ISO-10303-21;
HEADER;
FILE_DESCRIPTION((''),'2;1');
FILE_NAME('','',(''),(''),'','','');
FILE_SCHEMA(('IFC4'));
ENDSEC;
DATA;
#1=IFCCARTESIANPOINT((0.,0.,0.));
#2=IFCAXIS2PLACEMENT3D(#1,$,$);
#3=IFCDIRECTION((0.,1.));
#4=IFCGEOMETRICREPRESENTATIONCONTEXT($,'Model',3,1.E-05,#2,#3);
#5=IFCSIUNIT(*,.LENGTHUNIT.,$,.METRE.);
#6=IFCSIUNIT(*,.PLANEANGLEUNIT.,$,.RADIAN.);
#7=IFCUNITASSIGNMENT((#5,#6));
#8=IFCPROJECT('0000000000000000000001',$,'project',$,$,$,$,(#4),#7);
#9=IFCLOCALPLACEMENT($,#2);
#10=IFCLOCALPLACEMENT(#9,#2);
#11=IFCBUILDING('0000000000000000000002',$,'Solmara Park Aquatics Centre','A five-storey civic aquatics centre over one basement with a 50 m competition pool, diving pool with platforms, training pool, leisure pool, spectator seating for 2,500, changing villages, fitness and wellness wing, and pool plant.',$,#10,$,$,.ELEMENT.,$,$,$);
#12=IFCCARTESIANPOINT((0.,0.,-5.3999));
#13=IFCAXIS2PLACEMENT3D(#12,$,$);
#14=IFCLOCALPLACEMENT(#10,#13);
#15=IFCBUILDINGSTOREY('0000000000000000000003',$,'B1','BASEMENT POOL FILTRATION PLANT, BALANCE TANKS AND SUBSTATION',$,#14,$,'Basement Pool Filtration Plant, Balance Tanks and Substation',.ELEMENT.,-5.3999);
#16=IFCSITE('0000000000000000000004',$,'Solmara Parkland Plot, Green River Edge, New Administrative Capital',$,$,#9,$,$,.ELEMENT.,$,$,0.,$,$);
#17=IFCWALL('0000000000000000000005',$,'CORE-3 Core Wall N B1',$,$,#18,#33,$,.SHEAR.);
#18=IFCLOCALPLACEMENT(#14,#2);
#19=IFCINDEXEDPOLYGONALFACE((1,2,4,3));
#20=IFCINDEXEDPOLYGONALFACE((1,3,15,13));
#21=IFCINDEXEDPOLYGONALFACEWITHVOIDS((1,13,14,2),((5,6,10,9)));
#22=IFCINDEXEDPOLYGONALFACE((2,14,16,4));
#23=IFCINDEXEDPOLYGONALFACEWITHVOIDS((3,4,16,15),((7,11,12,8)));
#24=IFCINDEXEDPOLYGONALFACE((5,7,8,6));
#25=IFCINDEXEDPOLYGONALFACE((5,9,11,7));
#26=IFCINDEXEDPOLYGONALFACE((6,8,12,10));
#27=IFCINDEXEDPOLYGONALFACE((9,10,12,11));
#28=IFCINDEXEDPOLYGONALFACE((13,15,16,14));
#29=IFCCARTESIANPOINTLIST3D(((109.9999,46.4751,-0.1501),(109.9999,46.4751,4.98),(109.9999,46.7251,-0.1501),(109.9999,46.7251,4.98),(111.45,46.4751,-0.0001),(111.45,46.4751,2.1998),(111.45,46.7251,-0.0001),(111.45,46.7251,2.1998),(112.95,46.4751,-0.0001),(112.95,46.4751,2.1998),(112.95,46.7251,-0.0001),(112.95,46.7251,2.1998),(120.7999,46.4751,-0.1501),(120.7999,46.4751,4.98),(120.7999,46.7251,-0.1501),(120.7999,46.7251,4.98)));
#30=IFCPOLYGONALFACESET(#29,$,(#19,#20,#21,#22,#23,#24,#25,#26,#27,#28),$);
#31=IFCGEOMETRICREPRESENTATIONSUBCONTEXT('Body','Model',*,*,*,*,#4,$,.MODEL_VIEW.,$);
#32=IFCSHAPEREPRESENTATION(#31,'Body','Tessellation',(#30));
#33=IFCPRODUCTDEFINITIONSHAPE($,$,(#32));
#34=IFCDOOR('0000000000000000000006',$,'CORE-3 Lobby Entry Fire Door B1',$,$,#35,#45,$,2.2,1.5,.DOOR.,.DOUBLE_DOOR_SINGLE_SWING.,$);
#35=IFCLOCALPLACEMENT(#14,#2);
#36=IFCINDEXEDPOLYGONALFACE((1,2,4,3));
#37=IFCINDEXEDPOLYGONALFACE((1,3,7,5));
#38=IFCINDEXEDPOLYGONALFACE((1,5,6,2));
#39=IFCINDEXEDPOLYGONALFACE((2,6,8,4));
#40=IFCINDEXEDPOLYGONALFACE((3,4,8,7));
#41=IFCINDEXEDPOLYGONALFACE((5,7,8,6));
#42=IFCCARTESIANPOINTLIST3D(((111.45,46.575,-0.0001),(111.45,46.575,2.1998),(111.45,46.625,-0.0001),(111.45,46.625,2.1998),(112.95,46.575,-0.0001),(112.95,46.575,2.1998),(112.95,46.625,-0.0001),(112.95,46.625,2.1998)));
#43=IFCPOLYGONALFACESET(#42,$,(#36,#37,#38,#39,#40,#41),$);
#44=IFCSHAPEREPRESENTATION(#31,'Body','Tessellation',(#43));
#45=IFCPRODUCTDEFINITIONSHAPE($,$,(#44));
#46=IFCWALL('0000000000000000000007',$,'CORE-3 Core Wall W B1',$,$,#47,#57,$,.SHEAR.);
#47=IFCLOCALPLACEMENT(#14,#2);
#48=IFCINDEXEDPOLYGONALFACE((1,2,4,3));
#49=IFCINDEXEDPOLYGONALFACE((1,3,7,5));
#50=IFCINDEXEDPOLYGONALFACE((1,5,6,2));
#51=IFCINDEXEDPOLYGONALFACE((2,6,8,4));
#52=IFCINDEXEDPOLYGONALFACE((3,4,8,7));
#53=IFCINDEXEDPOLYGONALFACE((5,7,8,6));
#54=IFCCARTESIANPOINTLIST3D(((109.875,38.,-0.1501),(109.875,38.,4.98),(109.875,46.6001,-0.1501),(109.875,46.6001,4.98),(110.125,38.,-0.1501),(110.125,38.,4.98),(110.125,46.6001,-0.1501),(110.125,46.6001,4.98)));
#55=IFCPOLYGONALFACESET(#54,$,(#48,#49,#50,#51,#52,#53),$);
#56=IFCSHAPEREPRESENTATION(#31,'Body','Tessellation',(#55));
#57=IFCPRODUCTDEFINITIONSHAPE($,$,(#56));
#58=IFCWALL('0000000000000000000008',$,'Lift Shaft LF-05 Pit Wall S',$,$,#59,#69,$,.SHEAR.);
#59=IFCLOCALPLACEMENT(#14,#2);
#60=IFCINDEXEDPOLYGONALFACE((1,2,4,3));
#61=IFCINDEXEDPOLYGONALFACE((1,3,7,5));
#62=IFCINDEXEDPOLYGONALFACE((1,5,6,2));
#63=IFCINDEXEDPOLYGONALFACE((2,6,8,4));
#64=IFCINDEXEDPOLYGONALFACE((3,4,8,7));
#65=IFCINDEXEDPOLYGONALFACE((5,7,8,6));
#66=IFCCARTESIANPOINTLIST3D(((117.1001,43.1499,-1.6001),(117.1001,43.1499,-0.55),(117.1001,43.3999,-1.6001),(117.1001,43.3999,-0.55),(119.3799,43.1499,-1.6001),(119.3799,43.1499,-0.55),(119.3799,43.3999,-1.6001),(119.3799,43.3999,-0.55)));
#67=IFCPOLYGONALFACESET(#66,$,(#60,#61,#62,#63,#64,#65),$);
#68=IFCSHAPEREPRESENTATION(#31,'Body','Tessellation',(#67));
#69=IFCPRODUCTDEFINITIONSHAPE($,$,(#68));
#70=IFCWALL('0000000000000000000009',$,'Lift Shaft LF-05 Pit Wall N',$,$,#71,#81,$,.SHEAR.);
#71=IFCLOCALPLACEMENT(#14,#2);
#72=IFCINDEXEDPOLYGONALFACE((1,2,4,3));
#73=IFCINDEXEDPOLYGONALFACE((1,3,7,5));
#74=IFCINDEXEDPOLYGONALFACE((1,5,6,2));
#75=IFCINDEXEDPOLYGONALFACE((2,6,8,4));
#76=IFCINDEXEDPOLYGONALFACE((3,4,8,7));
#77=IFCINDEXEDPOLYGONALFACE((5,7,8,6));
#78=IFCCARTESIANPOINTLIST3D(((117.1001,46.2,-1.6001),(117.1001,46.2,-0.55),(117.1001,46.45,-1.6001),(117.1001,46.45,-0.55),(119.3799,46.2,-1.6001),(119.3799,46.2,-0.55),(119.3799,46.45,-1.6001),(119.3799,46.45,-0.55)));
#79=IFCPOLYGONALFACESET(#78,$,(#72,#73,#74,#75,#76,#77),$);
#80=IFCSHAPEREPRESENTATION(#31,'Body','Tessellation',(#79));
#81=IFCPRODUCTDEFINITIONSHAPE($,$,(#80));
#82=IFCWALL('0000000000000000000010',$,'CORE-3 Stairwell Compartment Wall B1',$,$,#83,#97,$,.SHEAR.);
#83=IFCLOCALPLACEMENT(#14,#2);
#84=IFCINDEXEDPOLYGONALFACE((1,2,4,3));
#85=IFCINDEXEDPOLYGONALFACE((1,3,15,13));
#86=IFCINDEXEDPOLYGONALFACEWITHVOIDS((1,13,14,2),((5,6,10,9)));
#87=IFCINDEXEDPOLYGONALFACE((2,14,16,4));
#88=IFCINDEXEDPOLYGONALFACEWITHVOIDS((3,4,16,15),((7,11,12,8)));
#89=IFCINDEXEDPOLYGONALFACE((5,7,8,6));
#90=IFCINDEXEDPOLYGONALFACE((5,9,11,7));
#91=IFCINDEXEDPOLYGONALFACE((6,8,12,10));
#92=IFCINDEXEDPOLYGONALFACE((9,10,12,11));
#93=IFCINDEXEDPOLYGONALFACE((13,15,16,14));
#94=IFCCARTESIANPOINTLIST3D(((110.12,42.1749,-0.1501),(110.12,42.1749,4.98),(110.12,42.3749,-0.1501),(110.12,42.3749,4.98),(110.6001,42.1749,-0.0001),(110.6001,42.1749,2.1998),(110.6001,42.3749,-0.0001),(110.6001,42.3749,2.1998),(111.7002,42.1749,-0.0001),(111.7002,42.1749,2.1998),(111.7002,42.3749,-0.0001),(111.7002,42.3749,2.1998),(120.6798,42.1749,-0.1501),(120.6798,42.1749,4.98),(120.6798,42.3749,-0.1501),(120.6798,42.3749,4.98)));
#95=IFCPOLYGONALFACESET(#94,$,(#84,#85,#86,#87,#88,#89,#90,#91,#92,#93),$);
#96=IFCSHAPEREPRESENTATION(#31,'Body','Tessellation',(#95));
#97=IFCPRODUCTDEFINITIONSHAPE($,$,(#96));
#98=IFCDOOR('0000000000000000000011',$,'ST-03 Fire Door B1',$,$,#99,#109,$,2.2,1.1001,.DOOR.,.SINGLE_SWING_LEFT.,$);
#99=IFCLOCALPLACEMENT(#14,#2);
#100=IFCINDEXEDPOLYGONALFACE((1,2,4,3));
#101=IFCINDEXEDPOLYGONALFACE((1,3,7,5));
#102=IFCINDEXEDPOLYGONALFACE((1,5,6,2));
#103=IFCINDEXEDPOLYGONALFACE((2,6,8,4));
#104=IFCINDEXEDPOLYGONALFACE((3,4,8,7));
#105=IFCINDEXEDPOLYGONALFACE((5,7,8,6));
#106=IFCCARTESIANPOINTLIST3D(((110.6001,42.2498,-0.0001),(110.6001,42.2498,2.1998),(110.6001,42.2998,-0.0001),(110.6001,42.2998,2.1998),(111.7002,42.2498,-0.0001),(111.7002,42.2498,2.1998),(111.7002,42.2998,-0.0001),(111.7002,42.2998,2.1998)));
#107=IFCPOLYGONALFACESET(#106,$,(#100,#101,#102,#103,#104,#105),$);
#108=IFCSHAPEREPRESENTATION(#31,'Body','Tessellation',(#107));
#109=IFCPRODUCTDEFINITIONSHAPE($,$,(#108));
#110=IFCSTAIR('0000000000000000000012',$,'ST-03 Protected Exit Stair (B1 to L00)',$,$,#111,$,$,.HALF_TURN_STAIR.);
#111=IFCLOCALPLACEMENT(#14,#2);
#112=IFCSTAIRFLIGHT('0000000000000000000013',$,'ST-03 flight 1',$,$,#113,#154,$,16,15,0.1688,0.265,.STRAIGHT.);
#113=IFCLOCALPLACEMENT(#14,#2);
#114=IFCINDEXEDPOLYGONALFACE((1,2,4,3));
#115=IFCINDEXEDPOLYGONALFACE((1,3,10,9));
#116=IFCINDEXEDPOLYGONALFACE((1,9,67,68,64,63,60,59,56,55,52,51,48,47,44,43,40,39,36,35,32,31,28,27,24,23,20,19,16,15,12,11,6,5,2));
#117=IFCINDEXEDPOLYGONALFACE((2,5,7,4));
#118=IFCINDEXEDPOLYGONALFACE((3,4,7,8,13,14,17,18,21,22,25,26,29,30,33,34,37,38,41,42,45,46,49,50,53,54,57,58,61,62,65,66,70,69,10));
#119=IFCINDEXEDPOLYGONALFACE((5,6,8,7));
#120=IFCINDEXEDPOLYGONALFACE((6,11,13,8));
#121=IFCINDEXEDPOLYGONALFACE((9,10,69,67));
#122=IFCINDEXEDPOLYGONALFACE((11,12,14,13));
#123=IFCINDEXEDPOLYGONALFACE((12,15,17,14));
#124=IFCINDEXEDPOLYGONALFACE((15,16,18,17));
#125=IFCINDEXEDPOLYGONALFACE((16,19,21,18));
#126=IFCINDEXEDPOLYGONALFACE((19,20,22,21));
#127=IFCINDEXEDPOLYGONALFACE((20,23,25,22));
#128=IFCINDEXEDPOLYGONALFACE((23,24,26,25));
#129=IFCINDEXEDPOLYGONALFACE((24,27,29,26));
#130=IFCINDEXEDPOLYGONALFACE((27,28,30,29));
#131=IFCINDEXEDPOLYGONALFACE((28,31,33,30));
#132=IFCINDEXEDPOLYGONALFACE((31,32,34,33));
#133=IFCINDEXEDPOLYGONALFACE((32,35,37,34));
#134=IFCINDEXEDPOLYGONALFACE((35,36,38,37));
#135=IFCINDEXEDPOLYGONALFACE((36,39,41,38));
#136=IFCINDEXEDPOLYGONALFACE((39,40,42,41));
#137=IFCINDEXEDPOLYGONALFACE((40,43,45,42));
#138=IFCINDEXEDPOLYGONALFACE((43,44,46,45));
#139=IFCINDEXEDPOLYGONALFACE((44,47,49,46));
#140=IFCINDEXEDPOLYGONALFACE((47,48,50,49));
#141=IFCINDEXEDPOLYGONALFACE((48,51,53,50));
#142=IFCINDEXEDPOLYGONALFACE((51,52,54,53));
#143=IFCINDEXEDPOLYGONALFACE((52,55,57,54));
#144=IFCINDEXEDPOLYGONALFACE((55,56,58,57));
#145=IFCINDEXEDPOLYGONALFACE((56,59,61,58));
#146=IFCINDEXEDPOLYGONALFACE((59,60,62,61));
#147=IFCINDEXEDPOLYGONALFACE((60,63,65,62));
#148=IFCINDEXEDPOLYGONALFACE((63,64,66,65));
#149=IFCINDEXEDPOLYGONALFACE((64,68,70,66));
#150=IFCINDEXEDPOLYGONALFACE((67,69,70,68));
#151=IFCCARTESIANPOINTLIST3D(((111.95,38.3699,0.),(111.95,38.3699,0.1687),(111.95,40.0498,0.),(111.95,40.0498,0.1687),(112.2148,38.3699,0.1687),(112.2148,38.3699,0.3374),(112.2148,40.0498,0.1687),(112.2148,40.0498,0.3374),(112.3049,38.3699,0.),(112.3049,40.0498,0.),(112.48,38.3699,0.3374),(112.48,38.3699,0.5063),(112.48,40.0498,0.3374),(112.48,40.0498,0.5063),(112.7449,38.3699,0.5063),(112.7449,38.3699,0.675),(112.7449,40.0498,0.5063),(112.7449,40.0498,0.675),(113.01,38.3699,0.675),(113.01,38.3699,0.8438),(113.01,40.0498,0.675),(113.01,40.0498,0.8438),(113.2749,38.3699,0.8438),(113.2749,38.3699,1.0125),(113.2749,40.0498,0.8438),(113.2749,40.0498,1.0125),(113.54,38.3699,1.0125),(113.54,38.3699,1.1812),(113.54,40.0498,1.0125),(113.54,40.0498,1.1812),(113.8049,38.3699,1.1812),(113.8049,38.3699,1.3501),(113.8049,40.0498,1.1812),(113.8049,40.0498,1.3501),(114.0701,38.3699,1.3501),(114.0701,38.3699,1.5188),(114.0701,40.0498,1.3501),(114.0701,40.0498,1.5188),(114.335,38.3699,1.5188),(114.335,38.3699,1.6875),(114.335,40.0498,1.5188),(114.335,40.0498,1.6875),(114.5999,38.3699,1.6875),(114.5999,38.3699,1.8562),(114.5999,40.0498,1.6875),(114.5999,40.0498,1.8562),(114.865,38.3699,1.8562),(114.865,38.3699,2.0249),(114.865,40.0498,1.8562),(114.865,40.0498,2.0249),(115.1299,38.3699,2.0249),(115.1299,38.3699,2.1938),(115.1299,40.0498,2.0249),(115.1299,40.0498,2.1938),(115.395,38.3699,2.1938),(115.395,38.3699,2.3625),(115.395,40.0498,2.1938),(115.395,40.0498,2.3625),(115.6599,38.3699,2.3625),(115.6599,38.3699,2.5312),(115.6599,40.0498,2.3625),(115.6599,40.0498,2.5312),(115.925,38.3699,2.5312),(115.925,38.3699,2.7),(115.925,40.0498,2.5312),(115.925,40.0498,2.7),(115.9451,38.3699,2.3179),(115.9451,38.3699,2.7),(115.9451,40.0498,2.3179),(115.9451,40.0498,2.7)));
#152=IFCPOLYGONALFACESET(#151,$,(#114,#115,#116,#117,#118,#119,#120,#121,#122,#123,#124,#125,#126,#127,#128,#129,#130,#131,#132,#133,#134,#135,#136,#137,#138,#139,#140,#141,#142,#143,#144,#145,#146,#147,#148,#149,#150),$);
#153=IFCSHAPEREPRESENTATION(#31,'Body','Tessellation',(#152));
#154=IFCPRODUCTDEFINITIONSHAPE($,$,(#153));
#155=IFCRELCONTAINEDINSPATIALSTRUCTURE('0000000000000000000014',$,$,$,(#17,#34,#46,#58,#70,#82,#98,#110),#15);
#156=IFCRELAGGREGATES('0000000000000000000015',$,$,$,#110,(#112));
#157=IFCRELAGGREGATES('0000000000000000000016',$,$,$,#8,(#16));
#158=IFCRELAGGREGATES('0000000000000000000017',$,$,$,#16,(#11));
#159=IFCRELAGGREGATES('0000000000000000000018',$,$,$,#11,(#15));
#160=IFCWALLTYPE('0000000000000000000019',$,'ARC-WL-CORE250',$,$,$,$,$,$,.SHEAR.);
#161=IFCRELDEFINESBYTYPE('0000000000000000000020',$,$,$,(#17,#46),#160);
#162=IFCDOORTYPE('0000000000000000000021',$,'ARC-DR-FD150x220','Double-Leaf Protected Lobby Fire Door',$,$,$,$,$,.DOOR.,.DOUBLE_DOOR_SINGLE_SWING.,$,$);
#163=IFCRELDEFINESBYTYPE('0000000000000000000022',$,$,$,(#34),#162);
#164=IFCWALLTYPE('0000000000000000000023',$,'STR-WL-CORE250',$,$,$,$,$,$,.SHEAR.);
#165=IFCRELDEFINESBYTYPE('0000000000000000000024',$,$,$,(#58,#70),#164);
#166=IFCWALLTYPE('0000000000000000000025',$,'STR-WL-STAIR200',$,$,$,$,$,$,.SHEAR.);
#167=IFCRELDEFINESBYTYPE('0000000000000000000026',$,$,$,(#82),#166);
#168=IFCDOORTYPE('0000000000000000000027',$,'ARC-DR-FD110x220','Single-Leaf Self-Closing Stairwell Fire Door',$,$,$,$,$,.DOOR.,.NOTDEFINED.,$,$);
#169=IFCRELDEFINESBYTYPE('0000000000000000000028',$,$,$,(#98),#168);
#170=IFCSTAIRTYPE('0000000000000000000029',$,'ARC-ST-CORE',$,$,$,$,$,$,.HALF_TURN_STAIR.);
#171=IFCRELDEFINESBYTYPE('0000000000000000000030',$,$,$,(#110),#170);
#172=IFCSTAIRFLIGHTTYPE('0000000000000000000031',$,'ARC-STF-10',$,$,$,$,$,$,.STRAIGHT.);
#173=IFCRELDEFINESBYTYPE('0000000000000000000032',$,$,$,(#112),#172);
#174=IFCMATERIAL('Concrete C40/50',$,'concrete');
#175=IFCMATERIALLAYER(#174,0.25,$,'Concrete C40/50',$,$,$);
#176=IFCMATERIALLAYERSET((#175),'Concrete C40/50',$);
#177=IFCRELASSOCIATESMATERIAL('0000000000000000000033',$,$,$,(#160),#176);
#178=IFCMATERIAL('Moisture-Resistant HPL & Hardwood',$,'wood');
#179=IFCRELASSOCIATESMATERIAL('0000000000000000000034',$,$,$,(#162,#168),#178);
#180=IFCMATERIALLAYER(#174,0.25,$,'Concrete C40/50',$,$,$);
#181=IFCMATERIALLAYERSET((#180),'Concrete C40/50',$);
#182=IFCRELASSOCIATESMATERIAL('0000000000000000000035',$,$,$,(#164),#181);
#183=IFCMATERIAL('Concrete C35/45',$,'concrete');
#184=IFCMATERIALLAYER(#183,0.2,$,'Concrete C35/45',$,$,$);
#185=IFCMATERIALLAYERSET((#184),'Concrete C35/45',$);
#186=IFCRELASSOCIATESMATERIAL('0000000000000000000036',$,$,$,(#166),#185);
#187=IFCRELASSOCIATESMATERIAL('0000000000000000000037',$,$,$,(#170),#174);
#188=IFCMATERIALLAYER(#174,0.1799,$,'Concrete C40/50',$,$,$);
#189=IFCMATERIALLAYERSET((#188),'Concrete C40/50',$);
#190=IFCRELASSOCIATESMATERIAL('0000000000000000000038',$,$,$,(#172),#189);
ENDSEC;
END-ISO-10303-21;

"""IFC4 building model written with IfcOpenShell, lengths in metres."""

from ifc_helpers import new_model, si_unit, direction, frame, frame_2d, origin, place, context, subcontext, project, spatial, polyline, rectangle, outline, extrude, material, layer, layer_set, type_object, element, fill, aggregate, save


model = new_model("IFC4")

# Units and contexts
model_context = context("Model", 3, precision=1e-05, world=origin(), true_north=direction((0.0, 1.0)))
body_context = subcontext(model_context, "Body", "Model", "MODEL_VIEW")
ifc_project = project(units=[si_unit("LENGTHUNIT", "METRE"), si_unit("PLANEANGLEUNIT", "RADIAN")], contexts=[model_context])

# Site, building, storey
site_placement = place(None, origin())
site = spatial("IfcSite", under=ifc_project, at=site_placement, Name="Solmara Parkland Plot, Green River Edge, New Administrative Capital", CompositionType="ELEMENT", RefElevation=0.0)
building_placement = place(site_placement, origin())
building = spatial("IfcBuilding", under=site, at=building_placement, Name="Solmara Park Aquatics Centre", Description="A five-storey civic aquatics centre over one basement with a 50 m competition pool, diving pool with platforms, training pool, leisure pool, spectator seating for 2,500, changing villages, fitness and wellness wing, and pool plant.", CompositionType="ELEMENT")
storey_placement = place(building_placement, frame((0.0, 0.0, -5.3999)))
storey = spatial("IfcBuildingStorey", under=building, at=storey_placement, Name="B1", Description="BASEMENT POOL FILTRATION PLANT, BALANCE TANKS AND SUBSTATION", LongName="Basement Pool Filtration Plant, Balance Tanks and Substation", CompositionType="ELEMENT", Elevation=-5.3999)

# Shared definitions
ifc_material_1 = material(Name="Concrete C40/50", Category="concrete")
ifc_layer_1 = layer(ifc_material_1, 0.25, Name="Concrete C40/50")
ifc_layer_set_1 = layer_set([ifc_layer_1], Name="Concrete C40/50")
wall_type_1 = type_object("IfcWallType", Name="ARC-WL-CORE250", PredefinedType="SHEAR", material=ifc_layer_set_1)

# Wall, opening, door
wall_1_placement = place(storey_placement, frame((110.0, 46.6001, -0.1501), z_axis=(0.0, 0.0, 1.0), x_axis=(1.0, 0.0, 0.0)))
wall_1 = element("IfcWall", 1, at=wall_1_placement, inside=storey, type_object=wall_type_1, Name="CORE-3 Core Wall N B1", PredefinedType="SHEAR", context=body_context, shape_type="SweptSolid", body=[
    extrude(rectangle(XDim=10.8, YDim=0.25, at=frame_2d((5.3999, 0.0))), origin(), (0.0, 0.0, 1.0), 5.1301),
])
opening_1_placement = place(wall_1_placement, frame((1.45, 0.0, 0.1499)))
opening_1 = element("IfcOpeningElement", 2, at=opening_1_placement, cuts=wall_1, PredefinedType="OPENING", context=body_context, shape_type="SweptSolid", body=[
    extrude(rectangle(XDim=1.5, YDim=2.2, at=frame_2d((0.75, 1.1001))), frame((0.0, 0.135, 0.0), z_axis=(0.0, -1.0, 0.0), x_axis=(1.0, 0.0, 0.0)), (0.0, 0.0, 1.0), 0.27),
])
ifc_material_2 = material(Name="Moisture-Resistant HPL & Hardwood", Category="wood")
door_type_1 = type_object("IfcDoorType", Name="ARC-DR-FD150x220", Description="Double-Leaf Protected Lobby Fire Door", OperationType="DOUBLE_DOOR_SINGLE_SWING", PredefinedType="DOOR", material=ifc_material_2)
door_1_placement = place(opening_1_placement, origin())
door_1 = element("IfcDoor", 3, at=door_1_placement, inside=storey, type_object=door_type_1, Name="CORE-3 Lobby Entry Fire Door B1", OperationType="DOUBLE_DOOR_SINGLE_SWING", OverallHeight=2.2, OverallWidth=1.5, PredefinedType="DOOR", context=body_context, shape_type="SweptSolid", body=[
    extrude(rectangle(XDim=1.5, YDim=2.2, at=frame_2d((0.75, 1.1001))), frame((0.0, 0.0249, 0.0), z_axis=(0.0, -1.0, 0.0), x_axis=(1.0, 0.0, 0.0)), (0.0, 0.0, 1.0), 0.05),
])
fill(opening_1, door_1)

# Walls
wall_2_placement = place(storey_placement, frame((110.0, 38.0, -0.1501), z_axis=(0.0, 0.0, 1.0), x_axis=(0.0, 1.0, 0.0)))
element("IfcWall", 4, at=wall_2_placement, inside=storey, type_object=wall_type_1, Name="CORE-3 Core Wall W B1", PredefinedType="SHEAR", context=body_context, shape_type="SweptSolid", body=[
    extrude(rectangle(XDim=8.6001, YDim=0.25, at=frame_2d((4.3, 0.0))), origin(), (0.0, 0.0, 1.0), 5.1301),
])
ifc_layer_2 = layer(ifc_material_1, 0.25, Name="Concrete C40/50")
ifc_layer_set_2 = layer_set([ifc_layer_2], Name="Concrete C40/50")
wall_type_2 = type_object("IfcWallType", Name="STR-WL-CORE250", PredefinedType="SHEAR", material=ifc_layer_set_2)
for number, where, z_axis, x_axis, name in (
    (5, (117.1001, 43.2749, -1.6001), (0.0, 0.0, 1.0), (1.0, 0.0, 0.0), "Lift Shaft LF-05 Pit Wall S"),
    (6, (117.1001, 46.325, -1.6001), (0.0, 0.0, 1.0), (1.0, 0.0, 0.0), "Lift Shaft LF-05 Pit Wall N"),
):
    element("IfcWall", number, at=place(storey_placement, frame(where, z_axis=z_axis, x_axis=x_axis)), inside=storey, type_object=wall_type_2, Name=name, PredefinedType="SHEAR", context=body_context, shape_type="SweptSolid", body=[
        extrude(rectangle(XDim=2.2798, YDim=0.25, at=frame_2d((1.1399, 0.0))), origin(), (0.0, 0.0, 1.0), 1.05),
    ])

# Wall, opening, door
ifc_material_3 = material(Name="Concrete C35/45", Category="concrete")
ifc_layer_3 = layer(ifc_material_3, 0.2, Name="Concrete C35/45")
ifc_layer_set_3 = layer_set([ifc_layer_3], Name="Concrete C35/45")
wall_type_3 = type_object("IfcWallType", Name="STR-WL-STAIR200", PredefinedType="SHEAR", material=ifc_layer_set_3)
wall_3_placement = place(storey_placement, frame((110.1201, 42.2749, -0.1501), z_axis=(0.0, 0.0, 1.0), x_axis=(1.0, 0.0, 0.0)))
wall_3 = element("IfcWall", 7, at=wall_3_placement, inside=storey, type_object=wall_type_3, Name="CORE-3 Stairwell Compartment Wall B1", PredefinedType="SHEAR", context=body_context, shape_type="SweptSolid", body=[
    extrude(rectangle(XDim=10.5598, YDim=0.2, at=frame_2d((5.2798, 0.0))), origin(), (0.0, 0.0, 1.0), 5.1301),
])
opening_2_placement = place(wall_3_placement, frame((0.48, 0.0, 0.1499)))
opening_2 = element("IfcOpeningElement", 8, at=opening_2_placement, cuts=wall_3, PredefinedType="OPENING", context=body_context, shape_type="SweptSolid", body=[
    extrude(rectangle(XDim=1.1001, YDim=2.2, at=frame_2d((0.55, 1.1001))), frame((0.0, 0.1099, 0.0), z_axis=(0.0, -1.0, 0.0), x_axis=(1.0, 0.0, 0.0)), (0.0, 0.0, 1.0), 0.22),
])
door_type_2 = type_object("IfcDoorType", Name="ARC-DR-FD110x220", Description="Single-Leaf Self-Closing Stairwell Fire Door", OperationType="NOTDEFINED", PredefinedType="DOOR", material=ifc_material_2)
door_2_placement = place(opening_2_placement, origin())
door_2 = element("IfcDoor", 9, at=door_2_placement, inside=storey, type_object=door_type_2, Name="ST-03 Fire Door B1", OperationType="SINGLE_SWING_LEFT", OverallHeight=2.2, OverallWidth=1.1001, PredefinedType="DOOR", context=body_context, shape_type="SweptSolid", body=[
    extrude(rectangle(XDim=1.1001, YDim=2.2, at=frame_2d((0.55, 1.1001))), frame((0.0, 0.0249, 0.0), z_axis=(0.0, -1.0, 0.0), x_axis=(1.0, 0.0, 0.0)), (0.0, 0.0, 1.0), 0.05),
])
fill(opening_2, door_2)

# Stair, stair flight
stair_type = type_object("IfcStairType", Name="ARC-ST-CORE", PredefinedType="HALF_TURN_STAIR", material=ifc_material_1)
stair_placement = place(storey_placement, origin())
stair = element("IfcStair", 10, at=stair_placement, inside=storey, type_object=stair_type, Name="ST-03 Protected Exit Stair (B1 to L00)", PredefinedType="HALF_TURN_STAIR")
ifc_layer_4 = layer(ifc_material_1, 0.1799, Name="Concrete C40/50")
ifc_layer_set_4 = layer_set([ifc_layer_4], Name="Concrete C40/50")
stair_flight_type = type_object("IfcStairFlightType", Name="ARC-STF-10", PredefinedType="STRAIGHT", material=ifc_layer_set_4)
stair_flight_1_placement = place(storey_placement, frame((111.95, 39.21, 0.0), z_axis=(0.0, 0.0, 1.0), x_axis=(1.0, 0.0, 0.0)))
stair_flight_1 = element("IfcStairFlight", 11, at=stair_flight_1_placement, type_object=stair_flight_type, Name="ST-03 flight 1", NumberOfRisers=16, NumberOfTreads=15, PredefinedType="STRAIGHT", RiserHeight=0.1688, TreadLength=0.265, context=body_context, shape_type="SweptSolid", body=[
    extrude(outline(polyline([(0.0, 0.0), (0.0, 0.1687), (0.2649, 0.1687), (0.2649, 0.3374), (0.53, 0.3374), (0.53, 0.5063), (0.7949, 0.5063), (0.7949, 0.675), (1.0601, 0.675), (1.0601, 0.8438), (1.325, 0.8438), (1.325, 1.0125), (1.5901, 1.0125), (1.5901, 1.1812), (1.855, 1.1812), (1.855, 1.3501), (2.1201, 1.3501), (2.1201, 1.5188), (2.385, 1.5188), (2.385, 1.6875), (2.6499, 1.6875), (2.6499, 1.8562), (2.915, 1.8562), (2.915, 2.0249), (3.1799, 2.0249), (3.1799, 2.1938), (3.4451, 2.1938), (3.4451, 2.3625), (3.71, 2.3625), (3.71, 2.5312), (3.9751, 2.5312), (3.9751, 2.7), (3.9951, 2.7), (3.9951, 2.3179), (0.355, 0.0), (0.0, 0.0)])), frame((0.0, 0.8398, 0.0), z_axis=(0.0, -1.0, 0.0), x_axis=(1.0, 0.0, 0.0)), (0.0, 0.0, 1.0), 1.6799),
])
aggregate(stair, [stair_flight_1])

save(model, "model.ifc")
